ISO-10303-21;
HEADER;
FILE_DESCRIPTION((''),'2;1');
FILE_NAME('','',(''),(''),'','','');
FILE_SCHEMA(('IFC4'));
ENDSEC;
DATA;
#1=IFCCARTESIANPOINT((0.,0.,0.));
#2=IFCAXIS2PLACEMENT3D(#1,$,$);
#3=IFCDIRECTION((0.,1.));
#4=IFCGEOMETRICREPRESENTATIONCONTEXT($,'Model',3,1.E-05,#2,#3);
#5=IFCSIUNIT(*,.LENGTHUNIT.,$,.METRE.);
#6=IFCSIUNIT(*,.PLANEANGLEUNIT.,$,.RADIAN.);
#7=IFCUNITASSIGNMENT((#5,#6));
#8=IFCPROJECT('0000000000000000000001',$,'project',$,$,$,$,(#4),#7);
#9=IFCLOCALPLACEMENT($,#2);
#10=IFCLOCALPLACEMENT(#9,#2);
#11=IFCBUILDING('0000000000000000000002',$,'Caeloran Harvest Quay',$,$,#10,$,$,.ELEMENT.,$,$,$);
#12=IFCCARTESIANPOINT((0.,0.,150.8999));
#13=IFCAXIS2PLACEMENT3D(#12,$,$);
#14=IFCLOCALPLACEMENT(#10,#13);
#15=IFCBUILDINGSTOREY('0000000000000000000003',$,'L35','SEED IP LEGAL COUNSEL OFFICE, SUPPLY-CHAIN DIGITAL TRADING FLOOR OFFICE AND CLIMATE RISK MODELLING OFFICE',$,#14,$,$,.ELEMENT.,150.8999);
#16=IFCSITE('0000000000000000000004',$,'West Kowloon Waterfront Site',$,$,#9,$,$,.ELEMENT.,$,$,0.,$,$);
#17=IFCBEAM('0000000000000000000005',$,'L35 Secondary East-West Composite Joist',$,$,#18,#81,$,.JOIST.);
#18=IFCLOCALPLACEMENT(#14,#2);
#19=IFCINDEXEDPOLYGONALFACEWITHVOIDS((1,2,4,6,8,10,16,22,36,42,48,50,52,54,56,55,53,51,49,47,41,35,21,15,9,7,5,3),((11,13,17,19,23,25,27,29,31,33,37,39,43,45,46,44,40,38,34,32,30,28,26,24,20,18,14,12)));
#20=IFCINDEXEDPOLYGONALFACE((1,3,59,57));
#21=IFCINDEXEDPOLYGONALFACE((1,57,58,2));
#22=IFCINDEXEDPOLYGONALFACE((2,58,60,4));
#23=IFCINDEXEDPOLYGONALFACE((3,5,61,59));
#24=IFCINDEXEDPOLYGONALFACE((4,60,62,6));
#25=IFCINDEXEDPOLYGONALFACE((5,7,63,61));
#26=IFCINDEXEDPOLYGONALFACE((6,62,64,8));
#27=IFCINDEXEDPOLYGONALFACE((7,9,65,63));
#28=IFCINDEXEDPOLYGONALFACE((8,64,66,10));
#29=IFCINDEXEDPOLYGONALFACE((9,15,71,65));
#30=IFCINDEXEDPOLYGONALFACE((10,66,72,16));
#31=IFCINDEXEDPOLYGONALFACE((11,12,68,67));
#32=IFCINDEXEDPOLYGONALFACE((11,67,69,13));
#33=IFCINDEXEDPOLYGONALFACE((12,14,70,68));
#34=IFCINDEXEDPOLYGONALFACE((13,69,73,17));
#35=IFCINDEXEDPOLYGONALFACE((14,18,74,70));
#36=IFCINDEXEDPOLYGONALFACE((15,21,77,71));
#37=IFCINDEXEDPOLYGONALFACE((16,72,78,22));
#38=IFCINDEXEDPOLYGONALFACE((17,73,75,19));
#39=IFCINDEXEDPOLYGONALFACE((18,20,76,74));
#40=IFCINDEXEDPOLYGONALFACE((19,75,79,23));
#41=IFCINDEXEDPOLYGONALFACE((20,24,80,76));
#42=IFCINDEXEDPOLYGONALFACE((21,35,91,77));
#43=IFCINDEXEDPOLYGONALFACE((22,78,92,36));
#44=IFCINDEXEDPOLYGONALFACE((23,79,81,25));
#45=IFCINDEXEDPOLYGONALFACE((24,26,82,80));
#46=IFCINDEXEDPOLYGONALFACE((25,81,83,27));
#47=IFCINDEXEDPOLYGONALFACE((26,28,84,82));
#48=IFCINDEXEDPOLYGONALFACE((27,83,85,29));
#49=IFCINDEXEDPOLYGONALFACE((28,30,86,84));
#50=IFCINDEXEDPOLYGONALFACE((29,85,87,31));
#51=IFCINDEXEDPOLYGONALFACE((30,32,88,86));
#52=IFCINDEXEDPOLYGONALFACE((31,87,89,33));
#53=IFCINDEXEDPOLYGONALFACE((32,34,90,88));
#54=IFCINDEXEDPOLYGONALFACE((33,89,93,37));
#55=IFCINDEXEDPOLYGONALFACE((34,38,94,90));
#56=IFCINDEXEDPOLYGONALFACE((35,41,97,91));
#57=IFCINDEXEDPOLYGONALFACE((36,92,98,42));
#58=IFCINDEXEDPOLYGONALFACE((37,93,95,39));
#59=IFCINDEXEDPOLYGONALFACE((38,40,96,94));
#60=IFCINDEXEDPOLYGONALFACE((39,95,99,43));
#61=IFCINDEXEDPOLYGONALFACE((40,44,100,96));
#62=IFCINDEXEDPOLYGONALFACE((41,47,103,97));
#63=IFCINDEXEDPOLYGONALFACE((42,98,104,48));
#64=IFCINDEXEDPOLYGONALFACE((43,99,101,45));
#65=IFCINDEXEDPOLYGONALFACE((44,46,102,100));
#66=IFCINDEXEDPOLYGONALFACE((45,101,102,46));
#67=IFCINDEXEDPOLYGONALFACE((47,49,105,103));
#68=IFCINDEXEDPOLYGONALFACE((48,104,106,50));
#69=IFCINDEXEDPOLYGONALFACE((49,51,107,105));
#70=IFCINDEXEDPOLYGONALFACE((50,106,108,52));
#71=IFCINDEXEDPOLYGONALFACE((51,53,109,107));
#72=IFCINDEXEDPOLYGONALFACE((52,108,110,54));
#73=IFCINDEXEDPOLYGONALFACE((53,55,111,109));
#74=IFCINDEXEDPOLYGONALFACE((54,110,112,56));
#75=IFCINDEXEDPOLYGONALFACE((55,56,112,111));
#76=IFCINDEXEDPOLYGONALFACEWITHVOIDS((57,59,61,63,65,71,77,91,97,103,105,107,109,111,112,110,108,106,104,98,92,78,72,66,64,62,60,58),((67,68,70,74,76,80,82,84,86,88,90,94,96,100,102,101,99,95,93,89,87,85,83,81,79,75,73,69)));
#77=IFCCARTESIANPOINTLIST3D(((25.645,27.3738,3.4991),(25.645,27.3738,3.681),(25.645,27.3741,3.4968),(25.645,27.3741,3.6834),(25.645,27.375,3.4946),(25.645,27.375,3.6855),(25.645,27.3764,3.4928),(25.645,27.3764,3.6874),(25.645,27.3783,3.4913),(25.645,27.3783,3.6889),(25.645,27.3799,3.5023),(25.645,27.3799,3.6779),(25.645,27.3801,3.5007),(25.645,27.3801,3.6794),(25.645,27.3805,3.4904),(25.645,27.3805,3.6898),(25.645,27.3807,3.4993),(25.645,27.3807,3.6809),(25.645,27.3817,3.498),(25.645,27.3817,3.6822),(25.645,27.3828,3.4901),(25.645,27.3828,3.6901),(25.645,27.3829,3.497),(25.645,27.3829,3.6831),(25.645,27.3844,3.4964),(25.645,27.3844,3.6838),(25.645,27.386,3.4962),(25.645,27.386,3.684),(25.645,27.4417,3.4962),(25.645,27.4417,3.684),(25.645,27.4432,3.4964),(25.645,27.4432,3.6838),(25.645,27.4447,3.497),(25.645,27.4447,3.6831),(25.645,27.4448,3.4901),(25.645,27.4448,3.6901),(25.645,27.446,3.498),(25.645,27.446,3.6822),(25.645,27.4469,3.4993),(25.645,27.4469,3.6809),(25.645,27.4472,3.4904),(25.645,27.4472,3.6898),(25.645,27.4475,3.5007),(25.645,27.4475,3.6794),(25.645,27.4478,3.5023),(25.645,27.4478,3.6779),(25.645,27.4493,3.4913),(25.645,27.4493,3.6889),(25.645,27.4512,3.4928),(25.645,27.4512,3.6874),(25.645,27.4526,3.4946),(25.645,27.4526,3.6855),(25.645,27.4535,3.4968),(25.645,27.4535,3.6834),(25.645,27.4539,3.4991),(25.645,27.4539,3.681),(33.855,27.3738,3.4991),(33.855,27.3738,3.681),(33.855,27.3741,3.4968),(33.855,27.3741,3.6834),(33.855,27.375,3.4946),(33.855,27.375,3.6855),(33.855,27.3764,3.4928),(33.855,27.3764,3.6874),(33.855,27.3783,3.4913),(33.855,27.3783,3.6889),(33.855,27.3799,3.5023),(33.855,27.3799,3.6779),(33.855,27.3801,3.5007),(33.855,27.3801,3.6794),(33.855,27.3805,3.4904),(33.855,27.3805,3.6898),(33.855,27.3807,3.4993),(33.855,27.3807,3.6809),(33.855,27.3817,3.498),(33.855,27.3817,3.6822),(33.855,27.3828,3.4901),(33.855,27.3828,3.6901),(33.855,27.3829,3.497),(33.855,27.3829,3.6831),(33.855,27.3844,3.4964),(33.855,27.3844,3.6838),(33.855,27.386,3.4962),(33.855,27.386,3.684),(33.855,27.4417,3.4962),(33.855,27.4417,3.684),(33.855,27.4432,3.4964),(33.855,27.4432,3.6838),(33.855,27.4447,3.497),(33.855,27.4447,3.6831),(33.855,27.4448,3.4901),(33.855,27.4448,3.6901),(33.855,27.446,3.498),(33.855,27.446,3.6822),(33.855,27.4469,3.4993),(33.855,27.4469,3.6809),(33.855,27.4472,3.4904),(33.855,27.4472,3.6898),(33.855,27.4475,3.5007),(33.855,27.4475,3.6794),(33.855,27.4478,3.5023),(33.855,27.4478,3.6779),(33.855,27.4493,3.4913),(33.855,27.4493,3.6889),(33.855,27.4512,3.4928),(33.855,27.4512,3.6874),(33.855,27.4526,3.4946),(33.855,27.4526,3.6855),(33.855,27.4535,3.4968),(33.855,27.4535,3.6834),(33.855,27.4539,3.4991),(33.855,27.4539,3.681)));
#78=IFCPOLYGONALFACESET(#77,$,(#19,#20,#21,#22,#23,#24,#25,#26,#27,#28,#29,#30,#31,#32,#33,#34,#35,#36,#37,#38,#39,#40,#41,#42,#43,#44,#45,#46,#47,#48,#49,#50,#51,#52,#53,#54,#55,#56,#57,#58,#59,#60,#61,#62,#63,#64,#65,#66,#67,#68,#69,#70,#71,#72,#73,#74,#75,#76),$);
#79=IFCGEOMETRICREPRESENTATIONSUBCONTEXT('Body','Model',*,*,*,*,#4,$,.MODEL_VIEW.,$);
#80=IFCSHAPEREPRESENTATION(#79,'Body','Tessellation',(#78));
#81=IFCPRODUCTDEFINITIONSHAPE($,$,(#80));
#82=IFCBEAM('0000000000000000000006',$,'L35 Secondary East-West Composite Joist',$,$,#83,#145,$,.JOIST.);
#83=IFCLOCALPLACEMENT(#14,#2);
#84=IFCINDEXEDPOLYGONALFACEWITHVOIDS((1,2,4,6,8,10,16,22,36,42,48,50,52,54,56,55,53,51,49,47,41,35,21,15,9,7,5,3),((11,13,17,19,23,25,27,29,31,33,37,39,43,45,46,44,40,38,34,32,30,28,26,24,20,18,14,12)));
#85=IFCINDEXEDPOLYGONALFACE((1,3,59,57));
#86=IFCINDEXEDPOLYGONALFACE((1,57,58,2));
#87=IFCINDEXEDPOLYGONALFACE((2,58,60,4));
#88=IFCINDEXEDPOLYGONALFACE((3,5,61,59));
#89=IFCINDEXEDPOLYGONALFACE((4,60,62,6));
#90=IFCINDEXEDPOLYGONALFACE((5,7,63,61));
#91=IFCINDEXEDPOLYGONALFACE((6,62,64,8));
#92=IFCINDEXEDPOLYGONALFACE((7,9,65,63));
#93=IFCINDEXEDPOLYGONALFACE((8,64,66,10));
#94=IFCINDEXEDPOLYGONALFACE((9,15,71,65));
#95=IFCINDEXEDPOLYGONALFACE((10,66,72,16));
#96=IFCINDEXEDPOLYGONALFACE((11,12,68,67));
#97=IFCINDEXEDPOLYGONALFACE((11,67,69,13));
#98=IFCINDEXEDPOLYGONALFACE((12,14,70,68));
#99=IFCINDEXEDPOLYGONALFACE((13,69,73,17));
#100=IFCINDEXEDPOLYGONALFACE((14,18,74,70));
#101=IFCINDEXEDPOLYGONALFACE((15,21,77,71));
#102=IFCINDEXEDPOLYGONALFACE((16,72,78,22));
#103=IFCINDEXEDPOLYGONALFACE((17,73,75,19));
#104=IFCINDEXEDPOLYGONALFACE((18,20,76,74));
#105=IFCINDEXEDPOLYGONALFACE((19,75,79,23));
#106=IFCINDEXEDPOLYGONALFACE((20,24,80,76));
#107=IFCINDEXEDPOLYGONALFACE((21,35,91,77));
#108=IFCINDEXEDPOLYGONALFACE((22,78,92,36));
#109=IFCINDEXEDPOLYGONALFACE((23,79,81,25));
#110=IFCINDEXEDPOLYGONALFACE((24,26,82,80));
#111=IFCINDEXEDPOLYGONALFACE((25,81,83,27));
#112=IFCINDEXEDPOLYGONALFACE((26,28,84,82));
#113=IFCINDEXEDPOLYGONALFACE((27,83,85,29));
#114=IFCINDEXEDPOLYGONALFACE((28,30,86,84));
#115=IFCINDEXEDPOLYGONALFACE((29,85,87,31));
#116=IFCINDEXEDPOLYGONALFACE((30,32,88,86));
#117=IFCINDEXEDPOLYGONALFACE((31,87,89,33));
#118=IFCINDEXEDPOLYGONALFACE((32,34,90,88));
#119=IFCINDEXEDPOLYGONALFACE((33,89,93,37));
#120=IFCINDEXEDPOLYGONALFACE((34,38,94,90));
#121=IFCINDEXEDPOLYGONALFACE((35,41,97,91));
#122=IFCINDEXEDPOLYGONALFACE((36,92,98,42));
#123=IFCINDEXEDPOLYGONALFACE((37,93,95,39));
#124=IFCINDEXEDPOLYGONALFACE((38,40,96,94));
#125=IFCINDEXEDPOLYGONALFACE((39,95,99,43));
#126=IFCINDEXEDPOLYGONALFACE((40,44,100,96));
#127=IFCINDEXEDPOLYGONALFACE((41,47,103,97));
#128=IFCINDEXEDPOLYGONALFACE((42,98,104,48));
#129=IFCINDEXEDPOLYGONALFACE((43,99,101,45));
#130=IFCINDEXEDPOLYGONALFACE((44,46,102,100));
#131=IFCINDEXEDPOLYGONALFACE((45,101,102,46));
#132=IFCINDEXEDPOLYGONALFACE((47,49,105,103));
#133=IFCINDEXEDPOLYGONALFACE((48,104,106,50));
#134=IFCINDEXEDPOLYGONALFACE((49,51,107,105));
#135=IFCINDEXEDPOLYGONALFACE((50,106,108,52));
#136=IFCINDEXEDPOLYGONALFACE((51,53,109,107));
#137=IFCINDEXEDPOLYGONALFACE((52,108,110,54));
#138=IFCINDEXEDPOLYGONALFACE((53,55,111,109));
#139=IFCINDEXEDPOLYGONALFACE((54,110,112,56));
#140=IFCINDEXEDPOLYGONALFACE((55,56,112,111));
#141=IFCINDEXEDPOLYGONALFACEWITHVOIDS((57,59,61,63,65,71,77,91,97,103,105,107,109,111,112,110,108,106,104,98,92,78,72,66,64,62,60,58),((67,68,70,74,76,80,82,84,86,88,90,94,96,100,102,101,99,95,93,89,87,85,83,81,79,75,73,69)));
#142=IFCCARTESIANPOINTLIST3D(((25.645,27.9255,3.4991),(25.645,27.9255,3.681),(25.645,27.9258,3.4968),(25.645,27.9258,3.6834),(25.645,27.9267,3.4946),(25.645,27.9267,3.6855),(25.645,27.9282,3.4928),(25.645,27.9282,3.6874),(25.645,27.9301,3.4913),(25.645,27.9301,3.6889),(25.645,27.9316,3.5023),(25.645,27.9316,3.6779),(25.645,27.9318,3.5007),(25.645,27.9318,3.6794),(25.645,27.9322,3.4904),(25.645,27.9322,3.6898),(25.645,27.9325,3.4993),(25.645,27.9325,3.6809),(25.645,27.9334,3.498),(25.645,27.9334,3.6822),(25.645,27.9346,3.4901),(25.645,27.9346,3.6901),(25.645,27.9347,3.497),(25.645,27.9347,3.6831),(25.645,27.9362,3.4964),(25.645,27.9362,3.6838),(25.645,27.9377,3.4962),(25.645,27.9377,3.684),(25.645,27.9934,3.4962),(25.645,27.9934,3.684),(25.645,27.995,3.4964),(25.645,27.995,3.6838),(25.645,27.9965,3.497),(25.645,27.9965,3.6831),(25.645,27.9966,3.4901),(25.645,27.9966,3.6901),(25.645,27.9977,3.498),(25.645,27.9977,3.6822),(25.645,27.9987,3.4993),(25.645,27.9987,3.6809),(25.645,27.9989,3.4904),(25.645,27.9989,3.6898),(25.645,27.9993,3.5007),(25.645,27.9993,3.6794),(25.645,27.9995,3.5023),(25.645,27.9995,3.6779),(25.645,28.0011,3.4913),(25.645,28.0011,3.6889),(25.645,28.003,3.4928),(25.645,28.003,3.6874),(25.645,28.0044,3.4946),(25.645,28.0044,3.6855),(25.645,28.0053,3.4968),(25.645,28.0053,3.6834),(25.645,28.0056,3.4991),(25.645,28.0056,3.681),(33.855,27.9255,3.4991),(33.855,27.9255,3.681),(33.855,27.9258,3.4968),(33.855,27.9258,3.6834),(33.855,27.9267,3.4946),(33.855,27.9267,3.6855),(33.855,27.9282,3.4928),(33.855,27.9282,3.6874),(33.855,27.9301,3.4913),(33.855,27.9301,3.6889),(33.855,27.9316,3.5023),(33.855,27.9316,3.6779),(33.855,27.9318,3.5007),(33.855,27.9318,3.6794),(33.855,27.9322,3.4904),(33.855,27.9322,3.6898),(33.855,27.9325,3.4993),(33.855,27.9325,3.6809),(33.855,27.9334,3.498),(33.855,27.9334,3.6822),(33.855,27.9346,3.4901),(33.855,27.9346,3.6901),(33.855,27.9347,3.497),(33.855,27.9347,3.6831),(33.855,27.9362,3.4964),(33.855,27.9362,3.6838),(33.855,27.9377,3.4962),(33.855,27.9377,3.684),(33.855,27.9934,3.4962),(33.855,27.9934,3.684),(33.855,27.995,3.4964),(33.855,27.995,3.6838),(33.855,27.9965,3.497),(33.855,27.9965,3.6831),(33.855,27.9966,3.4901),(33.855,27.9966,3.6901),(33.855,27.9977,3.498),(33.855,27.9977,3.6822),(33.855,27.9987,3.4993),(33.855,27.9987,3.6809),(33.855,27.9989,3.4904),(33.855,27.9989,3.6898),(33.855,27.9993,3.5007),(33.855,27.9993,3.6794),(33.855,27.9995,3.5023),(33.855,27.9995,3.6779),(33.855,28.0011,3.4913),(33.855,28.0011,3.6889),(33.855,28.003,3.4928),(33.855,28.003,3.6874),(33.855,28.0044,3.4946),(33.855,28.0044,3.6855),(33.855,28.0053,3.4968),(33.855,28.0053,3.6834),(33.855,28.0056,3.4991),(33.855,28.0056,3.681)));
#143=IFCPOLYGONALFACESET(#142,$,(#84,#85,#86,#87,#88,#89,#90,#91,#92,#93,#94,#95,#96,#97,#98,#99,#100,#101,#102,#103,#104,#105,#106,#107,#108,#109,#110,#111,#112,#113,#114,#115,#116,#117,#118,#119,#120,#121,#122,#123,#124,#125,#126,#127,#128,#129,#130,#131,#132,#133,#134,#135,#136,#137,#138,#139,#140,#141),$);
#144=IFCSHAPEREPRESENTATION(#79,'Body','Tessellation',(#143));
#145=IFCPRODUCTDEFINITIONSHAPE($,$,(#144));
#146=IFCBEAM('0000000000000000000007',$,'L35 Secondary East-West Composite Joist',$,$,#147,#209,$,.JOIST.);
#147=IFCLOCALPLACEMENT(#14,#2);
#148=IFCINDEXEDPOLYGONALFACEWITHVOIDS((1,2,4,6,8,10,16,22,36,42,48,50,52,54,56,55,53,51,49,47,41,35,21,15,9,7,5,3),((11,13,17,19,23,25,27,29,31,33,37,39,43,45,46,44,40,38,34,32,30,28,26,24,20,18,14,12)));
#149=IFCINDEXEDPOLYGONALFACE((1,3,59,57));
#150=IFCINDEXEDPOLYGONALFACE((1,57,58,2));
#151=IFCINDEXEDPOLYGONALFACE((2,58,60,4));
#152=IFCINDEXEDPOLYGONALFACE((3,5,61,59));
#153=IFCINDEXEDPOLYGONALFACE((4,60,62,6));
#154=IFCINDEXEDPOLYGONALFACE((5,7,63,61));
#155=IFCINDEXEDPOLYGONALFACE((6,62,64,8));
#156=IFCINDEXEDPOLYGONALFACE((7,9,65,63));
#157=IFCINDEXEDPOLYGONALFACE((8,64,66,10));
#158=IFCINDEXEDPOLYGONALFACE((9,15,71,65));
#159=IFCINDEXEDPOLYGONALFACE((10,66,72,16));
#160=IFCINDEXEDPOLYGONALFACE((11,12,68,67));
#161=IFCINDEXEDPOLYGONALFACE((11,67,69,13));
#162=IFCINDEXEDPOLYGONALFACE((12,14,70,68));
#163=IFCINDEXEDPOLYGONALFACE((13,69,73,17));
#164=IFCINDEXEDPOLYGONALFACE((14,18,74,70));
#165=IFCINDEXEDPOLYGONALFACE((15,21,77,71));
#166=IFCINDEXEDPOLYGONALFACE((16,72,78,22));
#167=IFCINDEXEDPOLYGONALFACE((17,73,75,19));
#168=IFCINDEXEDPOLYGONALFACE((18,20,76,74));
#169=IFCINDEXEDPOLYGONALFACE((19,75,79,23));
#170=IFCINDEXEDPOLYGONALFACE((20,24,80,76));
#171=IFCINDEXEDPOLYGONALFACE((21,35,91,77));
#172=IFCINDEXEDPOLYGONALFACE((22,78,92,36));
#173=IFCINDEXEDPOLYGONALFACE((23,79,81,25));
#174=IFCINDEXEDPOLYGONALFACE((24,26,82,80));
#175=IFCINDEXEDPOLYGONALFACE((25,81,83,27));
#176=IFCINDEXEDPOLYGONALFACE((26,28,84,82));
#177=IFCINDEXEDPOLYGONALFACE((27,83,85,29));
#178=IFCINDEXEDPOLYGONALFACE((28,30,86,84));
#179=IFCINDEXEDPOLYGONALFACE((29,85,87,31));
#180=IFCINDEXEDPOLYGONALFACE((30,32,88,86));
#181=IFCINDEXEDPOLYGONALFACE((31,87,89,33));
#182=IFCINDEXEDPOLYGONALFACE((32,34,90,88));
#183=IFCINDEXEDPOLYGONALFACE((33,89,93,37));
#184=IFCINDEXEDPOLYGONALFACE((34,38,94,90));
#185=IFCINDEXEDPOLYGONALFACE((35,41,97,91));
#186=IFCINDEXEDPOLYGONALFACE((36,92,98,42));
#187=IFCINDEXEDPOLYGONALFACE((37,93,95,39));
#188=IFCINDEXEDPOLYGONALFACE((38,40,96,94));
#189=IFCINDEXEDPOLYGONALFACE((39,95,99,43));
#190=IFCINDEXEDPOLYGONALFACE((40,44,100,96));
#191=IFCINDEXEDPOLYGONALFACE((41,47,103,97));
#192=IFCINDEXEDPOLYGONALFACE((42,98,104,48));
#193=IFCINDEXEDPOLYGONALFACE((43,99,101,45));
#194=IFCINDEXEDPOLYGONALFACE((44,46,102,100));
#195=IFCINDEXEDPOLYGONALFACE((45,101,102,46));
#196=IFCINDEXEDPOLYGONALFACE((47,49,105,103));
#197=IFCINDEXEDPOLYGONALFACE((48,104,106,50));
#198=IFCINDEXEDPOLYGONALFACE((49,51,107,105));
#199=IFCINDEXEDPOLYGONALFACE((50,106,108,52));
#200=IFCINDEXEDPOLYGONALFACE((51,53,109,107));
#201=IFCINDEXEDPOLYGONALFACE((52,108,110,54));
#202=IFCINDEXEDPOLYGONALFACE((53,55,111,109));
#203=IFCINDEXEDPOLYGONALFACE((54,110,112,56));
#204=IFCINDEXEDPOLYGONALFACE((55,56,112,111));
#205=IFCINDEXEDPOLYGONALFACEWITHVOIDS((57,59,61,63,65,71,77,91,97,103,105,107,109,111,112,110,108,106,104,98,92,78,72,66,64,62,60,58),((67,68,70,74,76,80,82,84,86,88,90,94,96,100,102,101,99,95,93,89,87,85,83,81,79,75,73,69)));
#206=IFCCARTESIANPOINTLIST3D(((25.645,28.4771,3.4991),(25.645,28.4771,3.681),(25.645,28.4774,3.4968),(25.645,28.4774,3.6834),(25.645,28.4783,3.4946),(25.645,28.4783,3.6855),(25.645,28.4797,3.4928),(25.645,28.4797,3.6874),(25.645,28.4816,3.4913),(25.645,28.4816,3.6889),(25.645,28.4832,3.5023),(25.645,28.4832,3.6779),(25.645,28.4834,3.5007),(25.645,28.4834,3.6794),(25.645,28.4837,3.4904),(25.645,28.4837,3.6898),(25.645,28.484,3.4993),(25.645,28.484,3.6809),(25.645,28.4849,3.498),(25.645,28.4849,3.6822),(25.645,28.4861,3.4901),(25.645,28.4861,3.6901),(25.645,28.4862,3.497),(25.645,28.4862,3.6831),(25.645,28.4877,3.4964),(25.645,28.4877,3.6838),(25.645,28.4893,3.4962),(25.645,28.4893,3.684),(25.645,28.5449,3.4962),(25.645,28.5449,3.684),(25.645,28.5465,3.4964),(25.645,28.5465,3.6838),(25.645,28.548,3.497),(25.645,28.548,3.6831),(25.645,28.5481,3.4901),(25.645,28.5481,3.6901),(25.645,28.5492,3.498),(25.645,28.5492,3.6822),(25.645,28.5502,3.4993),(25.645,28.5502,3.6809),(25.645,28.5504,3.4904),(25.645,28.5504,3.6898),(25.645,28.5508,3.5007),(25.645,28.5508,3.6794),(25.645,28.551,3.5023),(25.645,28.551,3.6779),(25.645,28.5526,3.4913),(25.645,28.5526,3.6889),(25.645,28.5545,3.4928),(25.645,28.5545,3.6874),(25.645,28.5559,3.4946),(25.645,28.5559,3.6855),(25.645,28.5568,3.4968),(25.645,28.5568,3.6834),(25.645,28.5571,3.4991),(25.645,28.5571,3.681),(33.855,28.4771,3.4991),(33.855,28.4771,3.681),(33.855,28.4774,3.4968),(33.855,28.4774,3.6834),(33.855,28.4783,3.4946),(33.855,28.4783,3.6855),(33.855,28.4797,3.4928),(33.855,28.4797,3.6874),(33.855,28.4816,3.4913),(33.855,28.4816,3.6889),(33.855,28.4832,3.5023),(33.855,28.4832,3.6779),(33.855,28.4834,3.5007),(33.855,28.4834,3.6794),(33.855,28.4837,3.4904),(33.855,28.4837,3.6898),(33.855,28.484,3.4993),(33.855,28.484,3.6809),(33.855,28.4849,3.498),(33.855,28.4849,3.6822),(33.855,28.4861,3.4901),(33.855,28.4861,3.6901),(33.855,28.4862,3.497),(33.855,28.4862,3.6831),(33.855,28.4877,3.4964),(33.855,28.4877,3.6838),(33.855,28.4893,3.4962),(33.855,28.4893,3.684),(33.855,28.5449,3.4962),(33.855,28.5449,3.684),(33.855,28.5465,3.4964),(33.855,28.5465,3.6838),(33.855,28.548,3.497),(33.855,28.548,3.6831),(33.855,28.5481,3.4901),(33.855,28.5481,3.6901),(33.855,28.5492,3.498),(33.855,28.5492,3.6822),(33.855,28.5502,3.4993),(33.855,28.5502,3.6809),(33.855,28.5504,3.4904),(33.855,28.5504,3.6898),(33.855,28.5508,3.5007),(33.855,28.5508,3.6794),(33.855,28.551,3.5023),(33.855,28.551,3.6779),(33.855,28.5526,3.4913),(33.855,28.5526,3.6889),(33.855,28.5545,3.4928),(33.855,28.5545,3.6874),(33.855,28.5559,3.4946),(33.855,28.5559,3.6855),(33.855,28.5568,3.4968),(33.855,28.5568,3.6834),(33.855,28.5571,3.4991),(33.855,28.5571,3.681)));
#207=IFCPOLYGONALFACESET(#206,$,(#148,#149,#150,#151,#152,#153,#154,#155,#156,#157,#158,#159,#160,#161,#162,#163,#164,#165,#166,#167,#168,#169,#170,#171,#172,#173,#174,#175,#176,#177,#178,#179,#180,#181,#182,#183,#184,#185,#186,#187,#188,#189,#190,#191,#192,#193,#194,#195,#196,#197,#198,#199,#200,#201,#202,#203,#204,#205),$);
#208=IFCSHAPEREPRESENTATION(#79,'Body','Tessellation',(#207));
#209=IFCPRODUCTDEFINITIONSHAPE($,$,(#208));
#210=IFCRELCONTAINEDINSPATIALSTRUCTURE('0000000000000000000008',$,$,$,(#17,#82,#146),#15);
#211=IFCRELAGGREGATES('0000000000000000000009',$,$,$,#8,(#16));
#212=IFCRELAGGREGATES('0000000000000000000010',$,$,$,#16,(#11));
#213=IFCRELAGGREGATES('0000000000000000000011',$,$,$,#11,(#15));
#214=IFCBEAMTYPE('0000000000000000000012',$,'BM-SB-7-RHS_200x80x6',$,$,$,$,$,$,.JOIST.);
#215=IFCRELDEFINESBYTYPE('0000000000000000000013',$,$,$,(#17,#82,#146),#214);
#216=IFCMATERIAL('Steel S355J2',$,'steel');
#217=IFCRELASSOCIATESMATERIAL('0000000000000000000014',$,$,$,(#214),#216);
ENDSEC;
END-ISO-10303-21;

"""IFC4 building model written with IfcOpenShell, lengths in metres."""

from ifc_helpers import new_model, si_unit, direction, frame, origin, origin_2d, place, context, subcontext, project, spatial, hollow_rectangle, extrude, material, material_profile, profile_set, type_object, element, save


model = new_model("IFC4")

# Units and contexts
model_context = context("Model", 3, precision=1e-05, world=origin(), true_north=direction((0.0, 1.0)))
body_context = subcontext(model_context, "Body", "Model", "MODEL_VIEW")
ifc_project = project(units=[si_unit("LENGTHUNIT", "METRE"), si_unit("PLANEANGLEUNIT", "RADIAN")], contexts=[model_context])

# Site, building, storey
site_placement = place(None, origin())
site = spatial("IfcSite", under=ifc_project, at=site_placement, Name="West Kowloon Waterfront Site", CompositionType="ELEMENT", RefElevation=0.0)
building_placement = place(site_placement, origin())
building = spatial("IfcBuilding", under=site, at=building_placement, Name="Caeloran Harvest Quay", CompositionType="ELEMENT")
storey_placement = place(building_placement, frame((0.0, 0.0, 150.8999)))
storey = spatial("IfcBuildingStorey", under=building, at=storey_placement, Name="L35", Description="SEED IP LEGAL COUNSEL OFFICE, SUPPLY-CHAIN DIGITAL TRADING FLOOR OFFICE AND CLIMATE RISK MODELLING OFFICE", CompositionType="ELEMENT", Elevation=150.8999)

# Beams
ifc_material_1 = material(Name="Steel S355J2", Category="steel")
ifc_material_profile_1 = material_profile(ifc_material_1, hollow_rectangle(XDim=0.0801, YDim=0.2, WallThickness=0.0061, InnerFilletRadius=0.0061, OuterFilletRadius=0.009, at=origin_2d()), Name="RHS 200x80x6")
ifc_profile_set_1 = profile_set([ifc_material_profile_1], Name="Steel S355J2")
beam_type_1 = type_object("IfcBeamType", Name="BM-SB-7-RHS_200x80x6", PredefinedType="JOIST", material=ifc_profile_set_1)
for number, where, z_axis, x_axis, name in (
    (1, (25.645, 27.4138, 3.5901), (1.0, 0.0, 0.0), (0.0, 1.0, 0.0), "L35 Secondary East-West Composite Joist"),
    (2, (25.645, 27.9656, 3.5901), (1.0, 0.0, 0.0), (0.0, 1.0, 0.0), "L35 Secondary East-West Composite Joist"),
    (3, (25.645, 28.5171, 3.5901), (1.0, 0.0, 0.0), (0.0, 1.0, 0.0), "L35 Secondary East-West Composite Joist"),
):
    element("IfcBeam", number, at=place(storey_placement, frame(where, z_axis=z_axis, x_axis=x_axis)), inside=storey, type_object=beam_type_1, Name=name, PredefinedType="JOIST", context=body_context, shape_type="SweptSolid", body=[
        extrude(hollow_rectangle(XDim=0.0801, YDim=0.2, WallThickness=0.0061, InnerFilletRadius=0.0061, OuterFilletRadius=0.009, at=origin_2d()), origin(), (0.0, 0.0, 1.0), 8.21),
    ])

save(model, "model.ifc")
